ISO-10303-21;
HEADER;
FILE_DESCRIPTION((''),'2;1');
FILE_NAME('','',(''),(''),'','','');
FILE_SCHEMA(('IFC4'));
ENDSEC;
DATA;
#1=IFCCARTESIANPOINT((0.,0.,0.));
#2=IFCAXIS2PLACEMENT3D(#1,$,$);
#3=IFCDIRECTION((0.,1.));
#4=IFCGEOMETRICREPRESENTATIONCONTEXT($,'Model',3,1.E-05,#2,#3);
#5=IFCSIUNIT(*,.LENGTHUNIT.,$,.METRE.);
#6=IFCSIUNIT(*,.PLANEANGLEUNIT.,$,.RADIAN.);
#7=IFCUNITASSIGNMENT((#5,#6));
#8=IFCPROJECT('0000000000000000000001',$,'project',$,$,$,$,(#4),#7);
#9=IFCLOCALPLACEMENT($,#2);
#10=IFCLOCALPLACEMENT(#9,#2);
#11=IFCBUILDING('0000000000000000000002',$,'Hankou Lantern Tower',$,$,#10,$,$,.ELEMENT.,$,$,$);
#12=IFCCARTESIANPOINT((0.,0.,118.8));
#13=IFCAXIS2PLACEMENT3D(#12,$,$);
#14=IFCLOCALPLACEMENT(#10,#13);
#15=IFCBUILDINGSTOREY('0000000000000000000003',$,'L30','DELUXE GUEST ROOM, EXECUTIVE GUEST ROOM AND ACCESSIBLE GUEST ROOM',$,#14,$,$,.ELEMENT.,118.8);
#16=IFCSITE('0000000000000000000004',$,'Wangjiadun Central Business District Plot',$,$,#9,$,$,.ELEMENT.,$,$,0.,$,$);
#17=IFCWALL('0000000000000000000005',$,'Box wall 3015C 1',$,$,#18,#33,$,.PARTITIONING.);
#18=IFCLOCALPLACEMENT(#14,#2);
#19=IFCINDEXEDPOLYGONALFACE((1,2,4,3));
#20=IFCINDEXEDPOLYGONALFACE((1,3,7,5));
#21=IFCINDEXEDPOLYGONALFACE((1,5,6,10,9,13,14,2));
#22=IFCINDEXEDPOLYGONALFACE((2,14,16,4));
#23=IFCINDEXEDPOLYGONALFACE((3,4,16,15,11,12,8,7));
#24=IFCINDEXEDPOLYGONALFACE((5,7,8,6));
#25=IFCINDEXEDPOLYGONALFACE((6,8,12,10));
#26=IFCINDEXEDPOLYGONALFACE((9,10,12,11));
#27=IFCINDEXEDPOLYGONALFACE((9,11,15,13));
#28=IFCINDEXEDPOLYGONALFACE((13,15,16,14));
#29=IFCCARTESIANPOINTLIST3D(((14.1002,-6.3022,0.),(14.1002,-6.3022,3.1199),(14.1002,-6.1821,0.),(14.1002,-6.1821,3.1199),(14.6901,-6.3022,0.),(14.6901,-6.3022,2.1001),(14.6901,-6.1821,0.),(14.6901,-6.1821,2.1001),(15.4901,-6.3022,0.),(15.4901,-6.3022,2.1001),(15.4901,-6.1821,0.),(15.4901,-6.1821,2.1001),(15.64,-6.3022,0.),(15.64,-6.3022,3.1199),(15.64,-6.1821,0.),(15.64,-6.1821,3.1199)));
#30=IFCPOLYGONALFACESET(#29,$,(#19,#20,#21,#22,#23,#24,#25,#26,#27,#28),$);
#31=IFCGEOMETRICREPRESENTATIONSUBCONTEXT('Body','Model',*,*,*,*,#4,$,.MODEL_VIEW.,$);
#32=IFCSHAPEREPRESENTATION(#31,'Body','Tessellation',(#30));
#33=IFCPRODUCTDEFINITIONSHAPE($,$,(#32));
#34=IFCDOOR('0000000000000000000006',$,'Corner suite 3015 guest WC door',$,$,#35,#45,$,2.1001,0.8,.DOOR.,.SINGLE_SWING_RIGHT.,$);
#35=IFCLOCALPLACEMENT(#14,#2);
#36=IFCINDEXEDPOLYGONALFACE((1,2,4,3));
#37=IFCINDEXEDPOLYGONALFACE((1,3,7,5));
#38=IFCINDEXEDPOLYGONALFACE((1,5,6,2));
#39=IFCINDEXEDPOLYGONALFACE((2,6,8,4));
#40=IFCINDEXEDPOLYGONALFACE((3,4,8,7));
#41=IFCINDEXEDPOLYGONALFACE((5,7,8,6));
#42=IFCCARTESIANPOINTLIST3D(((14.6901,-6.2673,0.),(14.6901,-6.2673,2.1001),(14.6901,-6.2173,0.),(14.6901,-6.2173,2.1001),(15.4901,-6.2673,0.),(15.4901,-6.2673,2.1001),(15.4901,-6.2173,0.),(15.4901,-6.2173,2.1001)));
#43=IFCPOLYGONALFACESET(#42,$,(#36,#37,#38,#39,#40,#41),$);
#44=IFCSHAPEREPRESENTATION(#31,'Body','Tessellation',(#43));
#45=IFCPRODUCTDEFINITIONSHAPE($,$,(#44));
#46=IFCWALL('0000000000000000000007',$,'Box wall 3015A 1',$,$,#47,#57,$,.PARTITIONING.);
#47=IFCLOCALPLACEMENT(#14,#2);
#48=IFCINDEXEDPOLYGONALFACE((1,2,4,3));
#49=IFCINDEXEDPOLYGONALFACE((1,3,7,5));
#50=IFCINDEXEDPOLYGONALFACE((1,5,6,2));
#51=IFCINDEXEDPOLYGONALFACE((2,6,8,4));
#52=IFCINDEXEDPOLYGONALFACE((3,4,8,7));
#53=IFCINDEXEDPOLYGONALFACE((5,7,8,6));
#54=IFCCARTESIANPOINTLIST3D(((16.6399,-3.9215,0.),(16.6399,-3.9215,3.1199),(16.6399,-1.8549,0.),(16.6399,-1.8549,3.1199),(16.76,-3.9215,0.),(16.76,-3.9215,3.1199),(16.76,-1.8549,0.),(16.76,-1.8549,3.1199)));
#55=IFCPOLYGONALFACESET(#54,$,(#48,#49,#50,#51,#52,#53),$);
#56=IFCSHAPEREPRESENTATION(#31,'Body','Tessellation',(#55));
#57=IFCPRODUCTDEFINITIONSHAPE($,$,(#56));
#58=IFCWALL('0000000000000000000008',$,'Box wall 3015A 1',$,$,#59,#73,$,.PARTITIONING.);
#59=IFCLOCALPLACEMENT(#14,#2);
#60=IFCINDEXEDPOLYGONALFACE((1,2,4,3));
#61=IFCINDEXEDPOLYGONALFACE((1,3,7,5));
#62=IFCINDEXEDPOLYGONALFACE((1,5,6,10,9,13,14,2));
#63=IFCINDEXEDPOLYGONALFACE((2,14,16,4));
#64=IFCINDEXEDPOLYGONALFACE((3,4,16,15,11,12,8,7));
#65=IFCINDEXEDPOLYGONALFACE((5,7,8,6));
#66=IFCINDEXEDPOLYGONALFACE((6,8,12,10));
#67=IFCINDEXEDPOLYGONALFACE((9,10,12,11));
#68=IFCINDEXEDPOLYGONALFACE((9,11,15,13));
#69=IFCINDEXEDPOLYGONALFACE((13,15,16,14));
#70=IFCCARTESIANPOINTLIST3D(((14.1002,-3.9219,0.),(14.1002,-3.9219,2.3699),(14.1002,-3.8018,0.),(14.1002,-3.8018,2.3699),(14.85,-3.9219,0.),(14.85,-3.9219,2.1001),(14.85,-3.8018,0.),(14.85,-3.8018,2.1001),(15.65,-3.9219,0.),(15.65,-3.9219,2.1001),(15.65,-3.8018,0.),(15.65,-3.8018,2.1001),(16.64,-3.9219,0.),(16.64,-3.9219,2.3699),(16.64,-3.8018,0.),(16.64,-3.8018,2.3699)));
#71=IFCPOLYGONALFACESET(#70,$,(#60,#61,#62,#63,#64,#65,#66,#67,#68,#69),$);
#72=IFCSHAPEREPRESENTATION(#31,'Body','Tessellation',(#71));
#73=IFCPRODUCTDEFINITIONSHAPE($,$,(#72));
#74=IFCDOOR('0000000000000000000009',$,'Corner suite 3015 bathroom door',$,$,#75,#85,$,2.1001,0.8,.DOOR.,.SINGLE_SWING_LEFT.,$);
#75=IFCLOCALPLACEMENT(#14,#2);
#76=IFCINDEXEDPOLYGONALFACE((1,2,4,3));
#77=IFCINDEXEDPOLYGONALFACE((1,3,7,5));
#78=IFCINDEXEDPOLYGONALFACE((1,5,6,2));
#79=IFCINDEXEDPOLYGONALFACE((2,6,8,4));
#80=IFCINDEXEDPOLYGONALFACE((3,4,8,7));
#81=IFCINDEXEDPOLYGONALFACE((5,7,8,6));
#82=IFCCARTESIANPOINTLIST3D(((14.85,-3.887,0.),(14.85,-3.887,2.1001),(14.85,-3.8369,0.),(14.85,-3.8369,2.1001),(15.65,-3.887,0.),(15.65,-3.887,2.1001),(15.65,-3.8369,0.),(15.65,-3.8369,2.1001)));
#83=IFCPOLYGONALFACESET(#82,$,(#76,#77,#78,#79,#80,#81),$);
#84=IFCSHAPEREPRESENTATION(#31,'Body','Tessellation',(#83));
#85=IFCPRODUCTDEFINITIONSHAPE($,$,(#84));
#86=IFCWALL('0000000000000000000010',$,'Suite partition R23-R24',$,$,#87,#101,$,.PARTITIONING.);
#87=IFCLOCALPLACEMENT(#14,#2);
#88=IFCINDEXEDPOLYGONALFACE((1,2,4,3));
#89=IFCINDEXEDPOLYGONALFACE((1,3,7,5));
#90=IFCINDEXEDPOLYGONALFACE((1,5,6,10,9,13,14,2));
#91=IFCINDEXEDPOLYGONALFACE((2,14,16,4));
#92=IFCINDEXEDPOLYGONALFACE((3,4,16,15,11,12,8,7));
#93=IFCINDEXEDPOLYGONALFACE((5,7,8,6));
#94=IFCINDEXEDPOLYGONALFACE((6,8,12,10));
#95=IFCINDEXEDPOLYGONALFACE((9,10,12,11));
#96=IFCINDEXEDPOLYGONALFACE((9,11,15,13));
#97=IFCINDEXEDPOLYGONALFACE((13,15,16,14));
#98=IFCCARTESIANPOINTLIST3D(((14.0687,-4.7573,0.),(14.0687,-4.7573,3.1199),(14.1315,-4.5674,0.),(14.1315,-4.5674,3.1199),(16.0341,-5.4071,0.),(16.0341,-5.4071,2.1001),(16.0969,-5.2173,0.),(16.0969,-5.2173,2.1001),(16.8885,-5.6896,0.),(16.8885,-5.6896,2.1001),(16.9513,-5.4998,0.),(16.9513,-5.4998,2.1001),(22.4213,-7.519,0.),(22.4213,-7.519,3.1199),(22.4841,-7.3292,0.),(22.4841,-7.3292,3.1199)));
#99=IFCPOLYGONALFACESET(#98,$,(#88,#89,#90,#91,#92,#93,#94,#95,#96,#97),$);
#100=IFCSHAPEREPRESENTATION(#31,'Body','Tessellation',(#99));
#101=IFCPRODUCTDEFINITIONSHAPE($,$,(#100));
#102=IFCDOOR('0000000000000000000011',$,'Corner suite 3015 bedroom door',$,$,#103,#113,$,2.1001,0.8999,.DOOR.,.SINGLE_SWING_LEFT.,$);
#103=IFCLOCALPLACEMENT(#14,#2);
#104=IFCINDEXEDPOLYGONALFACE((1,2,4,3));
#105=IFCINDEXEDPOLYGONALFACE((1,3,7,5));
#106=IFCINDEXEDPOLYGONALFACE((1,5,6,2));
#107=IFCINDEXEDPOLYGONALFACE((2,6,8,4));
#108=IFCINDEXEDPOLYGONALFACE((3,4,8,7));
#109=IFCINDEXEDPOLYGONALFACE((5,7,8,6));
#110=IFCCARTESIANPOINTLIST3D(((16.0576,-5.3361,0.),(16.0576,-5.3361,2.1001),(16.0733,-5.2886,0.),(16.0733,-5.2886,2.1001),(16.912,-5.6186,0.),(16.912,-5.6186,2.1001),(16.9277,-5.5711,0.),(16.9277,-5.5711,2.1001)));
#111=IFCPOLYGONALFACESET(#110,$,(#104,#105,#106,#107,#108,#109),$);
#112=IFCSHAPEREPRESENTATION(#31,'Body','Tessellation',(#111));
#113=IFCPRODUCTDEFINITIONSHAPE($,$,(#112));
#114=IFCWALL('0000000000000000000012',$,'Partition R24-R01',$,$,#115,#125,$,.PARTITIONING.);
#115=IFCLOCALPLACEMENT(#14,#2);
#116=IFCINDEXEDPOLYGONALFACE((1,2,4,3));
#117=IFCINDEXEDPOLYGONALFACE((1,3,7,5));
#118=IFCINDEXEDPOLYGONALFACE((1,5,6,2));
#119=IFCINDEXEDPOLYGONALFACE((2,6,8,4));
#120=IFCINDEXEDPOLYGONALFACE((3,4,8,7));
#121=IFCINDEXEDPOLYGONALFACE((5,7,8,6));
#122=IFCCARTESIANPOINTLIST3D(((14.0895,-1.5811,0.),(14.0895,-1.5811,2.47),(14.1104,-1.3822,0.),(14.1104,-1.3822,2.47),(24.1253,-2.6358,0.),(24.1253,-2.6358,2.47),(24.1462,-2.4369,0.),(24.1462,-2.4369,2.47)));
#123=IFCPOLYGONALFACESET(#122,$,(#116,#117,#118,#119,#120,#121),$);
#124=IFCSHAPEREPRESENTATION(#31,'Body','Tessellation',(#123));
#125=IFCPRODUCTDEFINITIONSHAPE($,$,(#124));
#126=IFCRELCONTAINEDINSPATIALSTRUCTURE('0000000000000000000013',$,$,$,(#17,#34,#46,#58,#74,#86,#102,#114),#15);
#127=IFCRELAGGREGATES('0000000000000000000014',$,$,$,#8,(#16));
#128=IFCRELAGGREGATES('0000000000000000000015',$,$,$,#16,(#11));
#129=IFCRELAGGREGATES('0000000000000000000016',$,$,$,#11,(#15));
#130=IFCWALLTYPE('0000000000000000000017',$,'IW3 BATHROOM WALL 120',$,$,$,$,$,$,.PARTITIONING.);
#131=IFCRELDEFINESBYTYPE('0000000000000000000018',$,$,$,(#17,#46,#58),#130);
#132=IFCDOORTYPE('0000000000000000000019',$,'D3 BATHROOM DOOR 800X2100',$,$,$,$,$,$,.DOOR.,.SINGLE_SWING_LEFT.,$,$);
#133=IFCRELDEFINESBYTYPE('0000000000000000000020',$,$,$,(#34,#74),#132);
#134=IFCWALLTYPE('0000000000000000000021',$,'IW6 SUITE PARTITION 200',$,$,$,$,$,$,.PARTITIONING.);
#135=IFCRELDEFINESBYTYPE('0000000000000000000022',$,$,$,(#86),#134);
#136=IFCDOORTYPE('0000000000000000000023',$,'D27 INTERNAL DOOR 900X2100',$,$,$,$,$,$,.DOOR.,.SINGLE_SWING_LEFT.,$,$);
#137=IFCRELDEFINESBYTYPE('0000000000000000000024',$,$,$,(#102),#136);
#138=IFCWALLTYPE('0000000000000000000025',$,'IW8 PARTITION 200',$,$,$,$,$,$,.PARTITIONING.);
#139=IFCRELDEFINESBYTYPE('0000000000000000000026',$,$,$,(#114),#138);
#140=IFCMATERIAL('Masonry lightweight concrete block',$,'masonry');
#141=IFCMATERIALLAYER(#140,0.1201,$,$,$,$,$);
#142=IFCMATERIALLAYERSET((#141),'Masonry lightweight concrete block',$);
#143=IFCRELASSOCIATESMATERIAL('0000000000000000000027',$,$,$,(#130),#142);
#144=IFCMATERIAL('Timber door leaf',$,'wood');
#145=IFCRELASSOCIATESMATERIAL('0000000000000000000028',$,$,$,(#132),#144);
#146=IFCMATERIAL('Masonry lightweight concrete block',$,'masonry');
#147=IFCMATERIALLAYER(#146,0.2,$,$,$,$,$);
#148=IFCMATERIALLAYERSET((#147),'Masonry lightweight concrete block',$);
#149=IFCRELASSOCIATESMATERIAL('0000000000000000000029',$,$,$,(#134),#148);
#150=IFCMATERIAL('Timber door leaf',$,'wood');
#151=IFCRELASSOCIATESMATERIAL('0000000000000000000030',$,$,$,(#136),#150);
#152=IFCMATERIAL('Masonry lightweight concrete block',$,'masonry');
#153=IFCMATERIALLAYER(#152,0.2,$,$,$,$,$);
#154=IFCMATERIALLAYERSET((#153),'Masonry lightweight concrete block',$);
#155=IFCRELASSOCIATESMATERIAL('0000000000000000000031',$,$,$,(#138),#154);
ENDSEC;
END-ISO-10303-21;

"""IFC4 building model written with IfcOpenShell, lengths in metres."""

from ifc_helpers import new_model, si_unit, direction, frame, frame_2d, origin, place, context, subcontext, project, spatial, rectangle, extrude, material, layer, layer_set, type_object, element, fill, save


model = new_model("IFC4")

# Units and contexts
model_context = context("Model", 3, precision=1e-05, world=origin(), true_north=direction((0.0, 1.0)))
body_context = subcontext(model_context, "Body", "Model", "MODEL_VIEW")
ifc_project = project(units=[si_unit("LENGTHUNIT", "METRE"), si_unit("PLANEANGLEUNIT", "RADIAN")], contexts=[model_context])

# Site, building, storey
site_placement = place(None, origin())
site = spatial("IfcSite", under=ifc_project, at=site_placement, Name="Wangjiadun Central Business District Plot", CompositionType="ELEMENT", RefElevation=0.0)
building_placement = place(site_placement, origin())
building = spatial("IfcBuilding", under=site, at=building_placement, Name="Hankou Lantern Tower", CompositionType="ELEMENT")
storey_placement = place(building_placement, frame((0.0, 0.0, 118.8)))
storey = spatial("IfcBuildingStorey", under=building, at=storey_placement, Name="L30", Description="DELUXE GUEST ROOM, EXECUTIVE GUEST ROOM AND ACCESSIBLE GUEST ROOM", CompositionType="ELEMENT", Elevation=118.8)

# Shared definitions
ifc_material_1 = material(Name="Masonry lightweight concrete block", Category="masonry")
ifc_layer_1 = layer(ifc_material_1, 0.1201)
ifc_layer_set_1 = layer_set([ifc_layer_1], Name="Masonry lightweight concrete block")
wall_type_1 = type_object("IfcWallType", Name="IW3 BATHROOM WALL 120", PredefinedType="PARTITIONING", material=ifc_layer_set_1)

# Wall, opening, door
wall_1_placement = place(storey_placement, frame((14.1001, -6.2422, 0.0), z_axis=(0.0, 0.0, 1.0), x_axis=(1.0, 0.0, 0.0)))
wall_1 = element("IfcWall", 1, at=wall_1_placement, inside=storey, type_object=wall_type_1, Name="Box wall 3015C 1", PredefinedType="PARTITIONING", context=body_context, shape_type="SweptSolid", body=[
    extrude(rectangle(XDim=1.5398, YDim=0.1201, at=frame_2d((0.77, 0.0))), origin(), (0.0, 0.0, 1.0), 3.1199),
])
opening_1_placement = place(wall_1_placement, frame((0.5901, 0.0, 0.0)))
opening_1 = element("IfcOpeningElement", 2, at=opening_1_placement, cuts=wall_1, PredefinedType="OPENING", context=body_context, shape_type="SweptSolid", body=[
    extrude(rectangle(XDim=0.8, YDim=2.1001, at=frame_2d((0.3999, 1.05))), frame((0.0, 0.0701, 0.0), z_axis=(0.0, -1.0, 0.0), x_axis=(1.0, 0.0, 0.0)), (0.0, 0.0, 1.0), 0.1401),
])
ifc_material_2 = material(Name="Timber door leaf", Category="wood")
door_type_1 = type_object("IfcDoorType", Name="D3 BATHROOM DOOR 800X2100", OperationType="SINGLE_SWING_LEFT", PredefinedType="DOOR", material=ifc_material_2)
door_1_placement = place(opening_1_placement, origin())
door_1 = element("IfcDoor", 3, at=door_1_placement, inside=storey, type_object=door_type_1, Name="Corner suite 3015 guest WC door", OperationType="SINGLE_SWING_RIGHT", OverallHeight=2.1001, OverallWidth=0.8, PredefinedType="DOOR", context=body_context, shape_type="SweptSolid", body=[
    extrude(rectangle(XDim=0.8, YDim=2.1001, at=frame_2d((0.3999, 1.05))), frame((0.0, 0.0249, 0.0), z_axis=(0.0, -1.0, 0.0), x_axis=(1.0, 0.0, 0.0)), (0.0, 0.0, 1.0), 0.05),
])
fill(opening_1, door_1)

# Wall
wall_2_placement = place(storey_placement, frame((16.7, -1.855, 0.0), z_axis=(0.0, 0.0, 1.0), x_axis=(0.0, -1.0, 0.0)))
element("IfcWall", 4, at=wall_2_placement, inside=storey, type_object=wall_type_1, Name="Box wall 3015A 1", PredefinedType="PARTITIONING", context=body_context, shape_type="SweptSolid", body=[
    extrude(rectangle(XDim=2.0667, YDim=0.1201, at=frame_2d((1.0332, 0.0))), origin(), (0.0, 0.0, 1.0), 3.1199),
])

# Walls, openings, doors
wall_3_placement = place(storey_placement, frame((14.1001, -3.8618, 0.0), z_axis=(0.0, 0.0, 1.0), x_axis=(1.0, 0.0, 0.0)))
wall_3 = element("IfcWall", 5, at=wall_3_placement, inside=storey, type_object=wall_type_1, Name="Box wall 3015A 1", PredefinedType="PARTITIONING", context=body_context, shape_type="SweptSolid", body=[
    extrude(rectangle(XDim=2.5398, YDim=0.1201, at=frame_2d((1.27, 0.0))), origin(), (0.0, 0.0, 1.0), 2.3699),
])
opening_2_placement = place(wall_3_placement, frame((0.75, 0.0, 0.0)))
opening_2 = element("IfcOpeningElement", 6, at=opening_2_placement, cuts=wall_3, PredefinedType="OPENING", context=body_context, shape_type="SweptSolid", body=[
    extrude(rectangle(XDim=0.8, YDim=2.1001, at=frame_2d((0.3999, 1.05))), frame((0.0, 0.0701, 0.0), z_axis=(0.0, -1.0, 0.0), x_axis=(1.0, 0.0, 0.0)), (0.0, 0.0, 1.0), 0.1401),
])
door_2_placement = place(opening_2_placement, origin())
door_2 = element("IfcDoor", 7, at=door_2_placement, inside=storey, type_object=door_type_1, Name="Corner suite 3015 bathroom door", OperationType="SINGLE_SWING_LEFT", OverallHeight=2.1001, OverallWidth=0.8, PredefinedType="DOOR", context=body_context, shape_type="SweptSolid", body=[
    extrude(rectangle(XDim=0.8, YDim=2.1001, at=frame_2d((0.3999, 1.05))), frame((0.0, 0.0249, 0.0), z_axis=(0.0, -1.0, 0.0), x_axis=(1.0, 0.0, 0.0)), (0.0, 0.0, 1.0), 0.05),
])
fill(opening_2, door_2)
ifc_material_3 = material(Name="Masonry lightweight concrete block", Category="masonry")
ifc_layer_2 = layer(ifc_material_3, 0.2)
ifc_layer_set_2 = layer_set([ifc_layer_2], Name="Masonry lightweight concrete block")
wall_type_2 = type_object("IfcWallType", Name="IW6 SUITE PARTITION 200", PredefinedType="PARTITIONING", material=ifc_layer_set_2)
wall_4_placement = place(storey_placement, frame((14.1001, -4.6624, 0.0), z_axis=(0.0, 0.0, 1.0), x_axis=(0.949446, -0.313929, 0.0)))
wall_4 = element("IfcWall", 8, at=wall_4_placement, inside=storey, type_object=wall_type_2, Name="Suite partition R23-R24", PredefinedType="PARTITIONING", context=body_context, shape_type="SweptSolid", body=[
    extrude(rectangle(XDim=8.7974, YDim=0.2, at=frame_2d((4.3987, 0.0))), origin(), (0.0, 0.0, 1.0), 3.1199),
])
opening_3_placement = place(wall_4_placement, frame((2.0701, 0.0, 0.0)))
opening_3 = element("IfcOpeningElement", 9, at=opening_3_placement, cuts=wall_4, PredefinedType="OPENING", context=body_context, shape_type="SweptSolid", body=[
    extrude(rectangle(XDim=0.8999, YDim=2.1001, at=frame_2d((0.45, 1.05))), frame((0.0, 0.1099, 0.0), z_axis=(0.0, -1.0, 0.0), x_axis=(1.0, 0.0, 0.0)), (0.0, 0.0, 1.0), 0.22),
])
ifc_material_4 = material(Name="Timber door leaf", Category="wood")
door_type_2 = type_object("IfcDoorType", Name="D27 INTERNAL DOOR 900X2100", OperationType="SINGLE_SWING_LEFT", PredefinedType="DOOR", material=ifc_material_4)
door_3_placement = place(opening_3_placement, origin())
door_3 = element("IfcDoor", 10, at=door_3_placement, inside=storey, type_object=door_type_2, Name="Corner suite 3015 bedroom door", OperationType="SINGLE_SWING_LEFT", OverallHeight=2.1001, OverallWidth=0.8999, PredefinedType="DOOR", context=body_context, shape_type="SweptSolid", body=[
    extrude(rectangle(XDim=0.8999, YDim=2.1001, at=frame_2d((0.45, 1.05))), frame((0.0, 0.0249, 0.0), z_axis=(0.0, -1.0, 0.0), x_axis=(1.0, 0.0, 0.0)), (0.0, 0.0, 1.0), 0.05),
])
fill(opening_3, door_3)

# Wall
ifc_material_5 = material(Name="Masonry lightweight concrete block", Category="masonry")
ifc_layer_3 = layer(ifc_material_5, 0.2)
ifc_layer_set_3 = layer_set([ifc_layer_3], Name="Masonry lightweight concrete block")
wall_type_3 = type_object("IfcWallType", Name="IW8 PARTITION 200", PredefinedType="PARTITIONING", material=ifc_layer_set_3)
wall_5_placement = place(storey_placement, frame((14.1001, -1.4817, 0.0), z_axis=(0.0, 0.0, 1.0), x_axis=(0.994523, -0.104516, 0.0)))
element("IfcWall", 11, at=wall_5_placement, inside=storey, type_object=wall_type_3, Name="Partition R24-R01", PredefinedType="PARTITIONING", context=body_context, shape_type="SweptSolid", body=[
    extrude(rectangle(XDim=10.0911, YDim=0.2, at=frame_2d((5.0454, 0.0))), origin(), (0.0, 0.0, 1.0), 2.47),
])

save(model, "model.ifc")
